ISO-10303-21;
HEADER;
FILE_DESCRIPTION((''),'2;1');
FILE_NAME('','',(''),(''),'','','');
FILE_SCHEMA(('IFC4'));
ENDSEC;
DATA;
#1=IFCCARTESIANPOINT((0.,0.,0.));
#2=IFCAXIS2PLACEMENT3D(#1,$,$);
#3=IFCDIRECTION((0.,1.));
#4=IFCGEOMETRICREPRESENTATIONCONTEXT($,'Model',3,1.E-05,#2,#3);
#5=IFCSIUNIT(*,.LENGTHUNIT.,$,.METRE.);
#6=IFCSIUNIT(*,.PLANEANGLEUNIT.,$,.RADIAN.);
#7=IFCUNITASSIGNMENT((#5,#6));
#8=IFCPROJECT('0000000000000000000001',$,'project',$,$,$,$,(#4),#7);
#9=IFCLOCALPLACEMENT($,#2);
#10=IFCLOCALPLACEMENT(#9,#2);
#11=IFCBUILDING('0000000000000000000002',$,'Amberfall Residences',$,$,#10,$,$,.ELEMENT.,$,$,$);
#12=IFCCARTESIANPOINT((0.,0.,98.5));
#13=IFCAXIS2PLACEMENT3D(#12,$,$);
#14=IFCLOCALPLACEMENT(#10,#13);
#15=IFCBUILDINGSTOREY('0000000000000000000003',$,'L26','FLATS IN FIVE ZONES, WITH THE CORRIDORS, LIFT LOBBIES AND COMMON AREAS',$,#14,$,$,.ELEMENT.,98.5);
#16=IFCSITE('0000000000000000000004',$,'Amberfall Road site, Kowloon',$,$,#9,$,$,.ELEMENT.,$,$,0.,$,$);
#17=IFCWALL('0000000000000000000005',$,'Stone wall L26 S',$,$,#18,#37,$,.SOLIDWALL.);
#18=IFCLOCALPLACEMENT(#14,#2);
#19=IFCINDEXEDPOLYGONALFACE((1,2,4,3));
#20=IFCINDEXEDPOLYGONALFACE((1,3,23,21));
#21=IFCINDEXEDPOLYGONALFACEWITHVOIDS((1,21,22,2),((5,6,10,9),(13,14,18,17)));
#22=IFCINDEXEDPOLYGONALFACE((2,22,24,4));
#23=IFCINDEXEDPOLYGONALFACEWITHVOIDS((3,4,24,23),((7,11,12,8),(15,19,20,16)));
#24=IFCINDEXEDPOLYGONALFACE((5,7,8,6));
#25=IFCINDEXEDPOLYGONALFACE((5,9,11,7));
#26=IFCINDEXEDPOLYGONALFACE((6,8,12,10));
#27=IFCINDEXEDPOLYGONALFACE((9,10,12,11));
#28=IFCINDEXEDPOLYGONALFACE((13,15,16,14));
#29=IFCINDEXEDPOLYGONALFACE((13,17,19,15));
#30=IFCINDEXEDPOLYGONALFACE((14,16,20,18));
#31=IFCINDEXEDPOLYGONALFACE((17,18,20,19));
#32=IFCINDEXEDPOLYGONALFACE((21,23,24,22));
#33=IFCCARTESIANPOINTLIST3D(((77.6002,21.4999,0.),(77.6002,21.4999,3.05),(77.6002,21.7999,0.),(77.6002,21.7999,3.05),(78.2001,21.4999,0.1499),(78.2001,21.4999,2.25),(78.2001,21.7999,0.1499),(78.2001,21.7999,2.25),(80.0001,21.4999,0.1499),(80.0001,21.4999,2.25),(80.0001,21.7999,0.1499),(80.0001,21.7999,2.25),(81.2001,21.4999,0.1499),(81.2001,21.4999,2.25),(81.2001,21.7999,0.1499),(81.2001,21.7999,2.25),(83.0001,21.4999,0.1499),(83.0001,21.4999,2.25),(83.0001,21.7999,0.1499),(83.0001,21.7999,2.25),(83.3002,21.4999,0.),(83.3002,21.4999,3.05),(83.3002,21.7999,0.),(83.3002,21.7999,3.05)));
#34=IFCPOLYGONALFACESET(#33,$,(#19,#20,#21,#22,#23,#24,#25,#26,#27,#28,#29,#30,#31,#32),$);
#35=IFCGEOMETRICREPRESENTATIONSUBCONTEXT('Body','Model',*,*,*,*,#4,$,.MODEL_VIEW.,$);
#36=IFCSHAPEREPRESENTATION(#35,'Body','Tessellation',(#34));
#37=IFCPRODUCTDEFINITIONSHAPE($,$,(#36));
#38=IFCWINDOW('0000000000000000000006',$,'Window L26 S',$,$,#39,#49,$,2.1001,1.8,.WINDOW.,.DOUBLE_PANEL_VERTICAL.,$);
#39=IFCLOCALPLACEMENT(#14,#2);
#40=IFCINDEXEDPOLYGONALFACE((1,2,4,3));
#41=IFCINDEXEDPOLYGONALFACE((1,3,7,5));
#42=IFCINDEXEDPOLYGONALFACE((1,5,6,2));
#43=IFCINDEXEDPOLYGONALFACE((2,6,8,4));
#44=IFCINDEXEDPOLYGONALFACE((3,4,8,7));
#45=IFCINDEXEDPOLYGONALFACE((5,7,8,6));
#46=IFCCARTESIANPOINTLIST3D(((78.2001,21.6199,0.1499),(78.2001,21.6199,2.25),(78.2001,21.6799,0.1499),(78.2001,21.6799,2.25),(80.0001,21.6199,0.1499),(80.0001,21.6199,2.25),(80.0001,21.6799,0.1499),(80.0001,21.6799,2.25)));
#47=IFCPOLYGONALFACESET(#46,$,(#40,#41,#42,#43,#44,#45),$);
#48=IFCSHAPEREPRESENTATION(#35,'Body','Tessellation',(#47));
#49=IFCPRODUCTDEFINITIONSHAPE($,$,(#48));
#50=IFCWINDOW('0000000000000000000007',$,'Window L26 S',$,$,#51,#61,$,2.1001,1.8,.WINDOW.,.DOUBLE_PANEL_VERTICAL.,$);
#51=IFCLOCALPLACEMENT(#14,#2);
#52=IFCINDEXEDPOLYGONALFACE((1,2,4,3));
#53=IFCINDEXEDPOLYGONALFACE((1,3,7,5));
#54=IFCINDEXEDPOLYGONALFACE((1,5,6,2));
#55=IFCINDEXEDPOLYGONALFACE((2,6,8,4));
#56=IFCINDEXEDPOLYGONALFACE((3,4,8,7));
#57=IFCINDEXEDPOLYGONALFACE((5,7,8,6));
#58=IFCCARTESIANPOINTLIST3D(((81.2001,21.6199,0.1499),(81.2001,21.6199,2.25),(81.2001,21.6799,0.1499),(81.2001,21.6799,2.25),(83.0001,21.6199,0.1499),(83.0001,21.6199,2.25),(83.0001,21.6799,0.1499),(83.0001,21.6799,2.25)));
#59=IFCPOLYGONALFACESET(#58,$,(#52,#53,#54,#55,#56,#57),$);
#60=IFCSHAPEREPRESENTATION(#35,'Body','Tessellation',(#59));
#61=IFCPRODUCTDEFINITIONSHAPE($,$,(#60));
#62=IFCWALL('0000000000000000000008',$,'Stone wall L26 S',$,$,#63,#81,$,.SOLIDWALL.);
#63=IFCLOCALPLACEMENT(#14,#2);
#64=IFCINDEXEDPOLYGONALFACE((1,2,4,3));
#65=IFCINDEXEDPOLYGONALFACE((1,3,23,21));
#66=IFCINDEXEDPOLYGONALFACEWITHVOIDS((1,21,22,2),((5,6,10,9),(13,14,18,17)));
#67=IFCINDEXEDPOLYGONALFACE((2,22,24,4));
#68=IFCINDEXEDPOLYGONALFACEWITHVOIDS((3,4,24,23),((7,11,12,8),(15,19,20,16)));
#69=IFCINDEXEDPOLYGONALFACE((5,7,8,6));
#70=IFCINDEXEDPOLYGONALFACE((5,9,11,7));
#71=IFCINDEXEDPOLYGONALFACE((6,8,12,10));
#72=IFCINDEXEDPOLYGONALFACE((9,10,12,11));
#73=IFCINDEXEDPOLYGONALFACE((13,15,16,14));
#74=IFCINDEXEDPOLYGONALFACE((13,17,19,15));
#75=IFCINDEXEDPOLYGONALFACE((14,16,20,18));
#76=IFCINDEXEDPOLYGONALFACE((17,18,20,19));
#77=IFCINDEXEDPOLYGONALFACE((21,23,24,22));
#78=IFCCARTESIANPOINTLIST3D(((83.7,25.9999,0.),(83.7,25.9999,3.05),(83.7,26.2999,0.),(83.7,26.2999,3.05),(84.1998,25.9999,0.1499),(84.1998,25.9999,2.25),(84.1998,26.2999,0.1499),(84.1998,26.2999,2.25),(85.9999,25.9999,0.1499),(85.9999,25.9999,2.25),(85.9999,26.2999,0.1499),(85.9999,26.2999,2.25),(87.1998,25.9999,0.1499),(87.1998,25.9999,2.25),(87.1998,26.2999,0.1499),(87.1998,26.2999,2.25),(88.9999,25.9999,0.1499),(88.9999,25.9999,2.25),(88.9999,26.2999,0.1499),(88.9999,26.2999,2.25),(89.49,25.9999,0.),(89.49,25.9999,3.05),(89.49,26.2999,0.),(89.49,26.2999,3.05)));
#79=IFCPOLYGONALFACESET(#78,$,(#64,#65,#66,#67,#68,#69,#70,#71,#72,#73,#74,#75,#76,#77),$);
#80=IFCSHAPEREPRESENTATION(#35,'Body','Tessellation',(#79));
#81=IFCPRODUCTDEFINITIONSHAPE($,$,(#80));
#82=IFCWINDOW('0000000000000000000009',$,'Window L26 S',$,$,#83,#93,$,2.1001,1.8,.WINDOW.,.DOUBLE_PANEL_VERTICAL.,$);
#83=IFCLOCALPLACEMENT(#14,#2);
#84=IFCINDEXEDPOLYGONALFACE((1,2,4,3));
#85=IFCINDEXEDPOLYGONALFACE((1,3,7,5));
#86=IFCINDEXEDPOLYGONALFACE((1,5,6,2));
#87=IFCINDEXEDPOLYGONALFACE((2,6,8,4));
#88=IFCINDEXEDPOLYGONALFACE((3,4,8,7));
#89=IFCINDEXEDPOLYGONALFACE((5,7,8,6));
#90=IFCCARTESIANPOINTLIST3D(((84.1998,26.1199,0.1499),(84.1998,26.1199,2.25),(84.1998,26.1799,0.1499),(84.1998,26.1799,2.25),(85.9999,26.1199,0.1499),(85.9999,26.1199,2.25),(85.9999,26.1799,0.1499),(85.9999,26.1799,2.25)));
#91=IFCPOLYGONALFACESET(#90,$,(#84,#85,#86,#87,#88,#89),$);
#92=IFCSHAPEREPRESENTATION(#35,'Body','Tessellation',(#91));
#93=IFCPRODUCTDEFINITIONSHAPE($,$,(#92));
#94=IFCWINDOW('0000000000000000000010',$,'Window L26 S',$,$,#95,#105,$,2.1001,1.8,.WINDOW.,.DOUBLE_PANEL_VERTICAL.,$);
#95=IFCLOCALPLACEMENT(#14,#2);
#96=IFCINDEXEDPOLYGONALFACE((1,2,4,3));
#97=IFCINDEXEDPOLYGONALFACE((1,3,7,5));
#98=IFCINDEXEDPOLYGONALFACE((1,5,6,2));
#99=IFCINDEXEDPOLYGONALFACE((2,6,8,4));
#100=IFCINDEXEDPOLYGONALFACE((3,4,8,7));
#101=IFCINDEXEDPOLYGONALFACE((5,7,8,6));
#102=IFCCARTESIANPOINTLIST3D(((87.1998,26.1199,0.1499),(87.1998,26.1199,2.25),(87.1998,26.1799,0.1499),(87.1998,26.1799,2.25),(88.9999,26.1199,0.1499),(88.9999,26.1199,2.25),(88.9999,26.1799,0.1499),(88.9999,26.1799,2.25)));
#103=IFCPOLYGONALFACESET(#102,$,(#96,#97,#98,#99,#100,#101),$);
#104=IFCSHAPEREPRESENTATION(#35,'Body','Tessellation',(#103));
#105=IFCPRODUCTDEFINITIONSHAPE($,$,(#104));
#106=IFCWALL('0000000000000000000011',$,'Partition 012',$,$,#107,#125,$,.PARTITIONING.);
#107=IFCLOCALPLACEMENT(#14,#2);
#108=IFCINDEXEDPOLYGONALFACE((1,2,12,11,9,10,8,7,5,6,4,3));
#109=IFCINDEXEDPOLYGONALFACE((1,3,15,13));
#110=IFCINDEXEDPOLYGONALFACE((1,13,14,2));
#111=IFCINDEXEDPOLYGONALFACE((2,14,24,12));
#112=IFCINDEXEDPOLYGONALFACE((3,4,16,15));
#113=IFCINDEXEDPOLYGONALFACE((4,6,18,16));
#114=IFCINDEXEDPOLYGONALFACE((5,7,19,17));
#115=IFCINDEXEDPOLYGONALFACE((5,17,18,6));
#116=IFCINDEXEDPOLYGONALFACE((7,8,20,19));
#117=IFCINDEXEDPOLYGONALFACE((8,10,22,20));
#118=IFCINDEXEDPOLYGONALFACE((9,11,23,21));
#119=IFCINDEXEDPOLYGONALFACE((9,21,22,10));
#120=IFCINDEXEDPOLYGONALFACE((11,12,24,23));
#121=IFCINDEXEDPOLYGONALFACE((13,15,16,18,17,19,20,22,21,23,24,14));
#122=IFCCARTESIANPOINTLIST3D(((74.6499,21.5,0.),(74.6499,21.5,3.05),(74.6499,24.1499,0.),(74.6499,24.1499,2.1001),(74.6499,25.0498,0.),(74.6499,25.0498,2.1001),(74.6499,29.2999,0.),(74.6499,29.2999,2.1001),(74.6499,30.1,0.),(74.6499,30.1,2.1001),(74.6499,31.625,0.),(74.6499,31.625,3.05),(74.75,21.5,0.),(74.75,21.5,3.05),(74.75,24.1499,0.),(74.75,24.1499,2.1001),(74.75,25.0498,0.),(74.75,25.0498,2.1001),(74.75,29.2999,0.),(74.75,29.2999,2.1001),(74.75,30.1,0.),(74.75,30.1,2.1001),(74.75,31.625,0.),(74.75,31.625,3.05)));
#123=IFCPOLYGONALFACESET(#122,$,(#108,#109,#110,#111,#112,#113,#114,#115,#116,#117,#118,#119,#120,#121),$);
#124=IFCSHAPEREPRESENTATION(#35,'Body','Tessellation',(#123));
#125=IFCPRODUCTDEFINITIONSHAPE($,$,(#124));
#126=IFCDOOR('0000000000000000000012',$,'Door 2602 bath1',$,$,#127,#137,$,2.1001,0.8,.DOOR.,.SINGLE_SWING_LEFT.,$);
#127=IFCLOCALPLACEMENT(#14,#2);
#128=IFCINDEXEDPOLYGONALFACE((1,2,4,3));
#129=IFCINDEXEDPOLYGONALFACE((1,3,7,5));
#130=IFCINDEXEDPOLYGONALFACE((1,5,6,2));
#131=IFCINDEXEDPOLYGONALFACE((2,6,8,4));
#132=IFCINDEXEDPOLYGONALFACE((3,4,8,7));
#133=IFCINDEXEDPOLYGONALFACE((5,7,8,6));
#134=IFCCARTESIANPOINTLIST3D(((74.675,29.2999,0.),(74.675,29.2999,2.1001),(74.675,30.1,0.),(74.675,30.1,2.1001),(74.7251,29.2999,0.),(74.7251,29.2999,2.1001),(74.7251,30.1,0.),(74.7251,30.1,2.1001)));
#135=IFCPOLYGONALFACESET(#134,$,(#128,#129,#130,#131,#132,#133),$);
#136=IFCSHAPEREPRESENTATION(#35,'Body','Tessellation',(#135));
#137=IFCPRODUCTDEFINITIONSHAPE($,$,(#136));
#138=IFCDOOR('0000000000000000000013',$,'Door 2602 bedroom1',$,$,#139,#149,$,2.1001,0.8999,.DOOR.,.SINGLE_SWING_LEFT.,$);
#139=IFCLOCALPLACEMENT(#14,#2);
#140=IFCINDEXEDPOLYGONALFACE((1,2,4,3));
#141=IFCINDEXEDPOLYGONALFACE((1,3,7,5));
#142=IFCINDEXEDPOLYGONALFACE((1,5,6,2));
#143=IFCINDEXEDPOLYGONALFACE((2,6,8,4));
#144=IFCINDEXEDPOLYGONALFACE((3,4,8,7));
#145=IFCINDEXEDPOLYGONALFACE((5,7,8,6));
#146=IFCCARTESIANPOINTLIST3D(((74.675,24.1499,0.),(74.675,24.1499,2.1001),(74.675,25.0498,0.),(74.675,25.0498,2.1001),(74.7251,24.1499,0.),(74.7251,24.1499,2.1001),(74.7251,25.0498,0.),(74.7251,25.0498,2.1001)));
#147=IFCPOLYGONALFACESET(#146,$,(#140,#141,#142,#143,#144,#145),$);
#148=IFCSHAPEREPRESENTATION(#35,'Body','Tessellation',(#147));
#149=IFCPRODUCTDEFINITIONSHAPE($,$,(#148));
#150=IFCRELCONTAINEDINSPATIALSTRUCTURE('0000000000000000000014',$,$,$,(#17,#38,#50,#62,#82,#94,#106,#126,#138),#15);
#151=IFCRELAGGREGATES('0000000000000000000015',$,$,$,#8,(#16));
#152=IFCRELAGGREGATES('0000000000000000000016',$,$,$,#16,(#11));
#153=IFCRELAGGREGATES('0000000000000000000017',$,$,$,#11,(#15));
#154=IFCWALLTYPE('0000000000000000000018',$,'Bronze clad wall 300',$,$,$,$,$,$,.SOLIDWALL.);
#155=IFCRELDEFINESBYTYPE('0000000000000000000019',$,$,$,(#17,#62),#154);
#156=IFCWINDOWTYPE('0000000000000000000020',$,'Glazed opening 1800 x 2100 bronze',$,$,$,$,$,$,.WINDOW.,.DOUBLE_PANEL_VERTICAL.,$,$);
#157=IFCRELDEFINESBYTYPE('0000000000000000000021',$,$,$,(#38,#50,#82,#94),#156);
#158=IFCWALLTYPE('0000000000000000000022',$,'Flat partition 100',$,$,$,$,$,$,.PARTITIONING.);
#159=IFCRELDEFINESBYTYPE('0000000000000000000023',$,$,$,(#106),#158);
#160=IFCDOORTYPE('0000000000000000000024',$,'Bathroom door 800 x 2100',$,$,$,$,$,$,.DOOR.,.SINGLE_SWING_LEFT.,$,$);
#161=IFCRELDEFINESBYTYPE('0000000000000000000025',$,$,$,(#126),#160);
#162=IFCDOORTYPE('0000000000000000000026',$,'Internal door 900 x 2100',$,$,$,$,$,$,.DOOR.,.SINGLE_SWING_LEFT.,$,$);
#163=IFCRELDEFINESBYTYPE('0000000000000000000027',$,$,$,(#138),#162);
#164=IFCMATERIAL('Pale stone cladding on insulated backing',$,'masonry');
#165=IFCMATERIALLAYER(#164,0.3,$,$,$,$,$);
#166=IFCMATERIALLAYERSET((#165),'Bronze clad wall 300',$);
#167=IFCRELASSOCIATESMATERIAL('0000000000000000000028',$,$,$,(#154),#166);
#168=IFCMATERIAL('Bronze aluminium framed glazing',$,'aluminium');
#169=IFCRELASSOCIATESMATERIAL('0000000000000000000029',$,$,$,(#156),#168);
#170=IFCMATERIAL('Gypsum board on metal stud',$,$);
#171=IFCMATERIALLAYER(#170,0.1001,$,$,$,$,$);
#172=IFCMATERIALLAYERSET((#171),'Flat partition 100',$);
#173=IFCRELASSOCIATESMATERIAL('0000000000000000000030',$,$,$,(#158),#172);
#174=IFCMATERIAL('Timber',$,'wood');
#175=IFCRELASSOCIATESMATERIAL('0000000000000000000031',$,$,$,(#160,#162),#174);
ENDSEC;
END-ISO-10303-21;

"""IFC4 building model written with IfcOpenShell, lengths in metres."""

from ifc_helpers import new_model, si_unit, direction, frame, frame_2d, origin, place, context, subcontext, project, spatial, rectangle, extrude, material, layer, layer_set, type_object, element, fill, save


model = new_model("IFC4")

# Units and contexts
model_context = context("Model", 3, precision=1e-05, world=origin(), true_north=direction((0.0, 1.0)))
body_context = subcontext(model_context, "Body", "Model", "MODEL_VIEW")
ifc_project = project(units=[si_unit("LENGTHUNIT", "METRE"), si_unit("PLANEANGLEUNIT", "RADIAN")], contexts=[model_context])

# Site, building, storey
site_placement = place(None, origin())
site = spatial("IfcSite", under=ifc_project, at=site_placement, Name="Amberfall Road site, Kowloon", CompositionType="ELEMENT", RefElevation=0.0)
building_placement = place(site_placement, origin())
building = spatial("IfcBuilding", under=site, at=building_placement, Name="Amberfall Residences", CompositionType="ELEMENT")
storey_placement = place(building_placement, frame((0.0, 0.0, 98.5)))
storey = spatial("IfcBuildingStorey", under=building, at=storey_placement, Name="L26", Description="FLATS IN FIVE ZONES, WITH THE CORRIDORS, LIFT LOBBIES AND COMMON AREAS", CompositionType="ELEMENT", Elevation=98.5)

# Shared definitions
ifc_material_1 = material(Name="Pale stone cladding on insulated backing", Category="masonry")
ifc_layer_1 = layer(ifc_material_1, 0.3)
ifc_layer_set_1 = layer_set([ifc_layer_1], Name="Bronze clad wall 300")
wall_type_1 = type_object("IfcWallType", Name="Bronze clad wall 300", PredefinedType="SOLIDWALL", material=ifc_layer_set_1)
ifc_material_2 = material(Name="Bronze aluminium framed glazing", Category="aluminium")

# Walls, openings, windows
wall_1_placement = place(storey_placement, frame((77.6001, 21.6499, 0.0), z_axis=(0.0, 0.0, 1.0), x_axis=(1.0, 0.0, 0.0)))
wall_1 = element("IfcWall", 1, at=wall_1_placement, inside=storey, type_object=wall_type_1, Name="Stone wall L26 S", PredefinedType="SOLIDWALL", context=body_context, shape_type="SweptSolid", body=[
    extrude(rectangle(XDim=5.7, YDim=0.3, at=frame_2d((2.8501, 0.0))), origin(), (0.0, 0.0, 1.0), 3.05),
])
opening_1_placement = place(wall_1_placement, frame((0.6001, 0.0, 0.1499)))
opening_1 = element("IfcOpeningElement", 2, at=opening_1_placement, cuts=wall_1, PredefinedType="OPENING", context=body_context, shape_type="SweptSolid", body=[
    extrude(rectangle(XDim=1.8, YDim=2.1001, at=frame_2d((0.8999, 1.05))), frame((0.0, 0.1599, 0.0), z_axis=(0.0, -1.0, 0.0), x_axis=(1.0, 0.0, 0.0)), (0.0, 0.0, 1.0), 0.3201),
])
opening_2_placement = place(wall_1_placement, frame((3.6001, 0.0, 0.1499)))
opening_2 = element("IfcOpeningElement", 3, at=opening_2_placement, cuts=wall_1, PredefinedType="OPENING", context=body_context, shape_type="SweptSolid", body=[
    extrude(rectangle(XDim=1.8, YDim=2.1001, at=frame_2d((0.8999, 1.05))), frame((0.0, 0.1599, 0.0), z_axis=(0.0, -1.0, 0.0), x_axis=(1.0, 0.0, 0.0)), (0.0, 0.0, 1.0), 0.3201),
])
window_type_1 = type_object("IfcWindowType", Name="Glazed opening 1800 x 2100 bronze", PartitioningType="DOUBLE_PANEL_VERTICAL", PredefinedType="WINDOW", material=ifc_material_2)
window_1_placement = place(opening_1_placement, origin())
window_1 = element("IfcWindow", 4, at=window_1_placement, inside=storey, type_object=window_type_1, Name="Window L26 S", OverallHeight=2.1001, OverallWidth=1.8, PartitioningType="DOUBLE_PANEL_VERTICAL", PredefinedType="WINDOW", context=body_context, shape_type="SweptSolid", body=[
    extrude(rectangle(XDim=1.8, YDim=2.1001, at=frame_2d((0.8999, 1.05))), frame((0.0, 0.03, 0.0), z_axis=(0.0, -1.0, 0.0), x_axis=(1.0, 0.0, 0.0)), (0.0, 0.0, 1.0), 0.0601),
])
fill(opening_1, window_1)
window_2_placement = place(opening_2_placement, origin())
window_2 = element("IfcWindow", 5, at=window_2_placement, inside=storey, type_object=window_type_1, Name="Window L26 S", OverallHeight=2.1001, OverallWidth=1.8, PartitioningType="DOUBLE_PANEL_VERTICAL", PredefinedType="WINDOW", context=body_context, shape_type="SweptSolid", body=[
    extrude(rectangle(XDim=1.8, YDim=2.1001, at=frame_2d((0.8999, 1.05))), frame((0.0, 0.03, 0.0), z_axis=(0.0, -1.0, 0.0), x_axis=(1.0, 0.0, 0.0)), (0.0, 0.0, 1.0), 0.0601),
])
fill(opening_2, window_2)
wall_2_placement = place(storey_placement, frame((83.7, 26.1499, 0.0), z_axis=(0.0, 0.0, 1.0), x_axis=(1.0, 0.0, 0.0)))
wall_2 = element("IfcWall", 6, at=wall_2_placement, inside=storey, type_object=wall_type_1, Name="Stone wall L26 S", PredefinedType="SOLIDWALL", context=body_context, shape_type="SweptSolid", body=[
    extrude(rectangle(XDim=5.79, YDim=0.3, at=frame_2d((2.895, 0.0))), origin(), (0.0, 0.0, 1.0), 3.05),
])
opening_3_placement = place(wall_2_placement, frame((0.5, 0.0, 0.1499)))
opening_3 = element("IfcOpeningElement", 7, at=opening_3_placement, cuts=wall_2, PredefinedType="OPENING", context=body_context, shape_type="SweptSolid", body=[
    extrude(rectangle(XDim=1.8, YDim=2.1001, at=frame_2d((0.8999, 1.05))), frame((0.0, 0.1599, 0.0), z_axis=(0.0, -1.0, 0.0), x_axis=(1.0, 0.0, 0.0)), (0.0, 0.0, 1.0), 0.3201),
])
opening_4_placement = place(wall_2_placement, frame((3.5, 0.0, 0.1499)))
opening_4 = element("IfcOpeningElement", 8, at=opening_4_placement, cuts=wall_2, PredefinedType="OPENING", context=body_context, shape_type="SweptSolid", body=[
    extrude(rectangle(XDim=1.8, YDim=2.1001, at=frame_2d((0.8999, 1.05))), frame((0.0, 0.1599, 0.0), z_axis=(0.0, -1.0, 0.0), x_axis=(1.0, 0.0, 0.0)), (0.0, 0.0, 1.0), 0.3201),
])
window_3_placement = place(opening_3_placement, origin())
window_3 = element("IfcWindow", 9, at=window_3_placement, inside=storey, type_object=window_type_1, Name="Window L26 S", OverallHeight=2.1001, OverallWidth=1.8, PartitioningType="DOUBLE_PANEL_VERTICAL", PredefinedType="WINDOW", context=body_context, shape_type="SweptSolid", body=[
    extrude(rectangle(XDim=1.8, YDim=2.1001, at=frame_2d((0.8999, 1.05))), frame((0.0, 0.03, 0.0), z_axis=(0.0, -1.0, 0.0), x_axis=(1.0, 0.0, 0.0)), (0.0, 0.0, 1.0), 0.0601),
])
fill(opening_3, window_3)
window_4_placement = place(opening_4_placement, origin())
window_4 = element("IfcWindow", 10, at=window_4_placement, inside=storey, type_object=window_type_1, Name="Window L26 S", OverallHeight=2.1001, OverallWidth=1.8, PartitioningType="DOUBLE_PANEL_VERTICAL", PredefinedType="WINDOW", context=body_context, shape_type="SweptSolid", body=[
    extrude(rectangle(XDim=1.8, YDim=2.1001, at=frame_2d((0.8999, 1.05))), frame((0.0, 0.03, 0.0), z_axis=(0.0, -1.0, 0.0), x_axis=(1.0, 0.0, 0.0)), (0.0, 0.0, 1.0), 0.0601),
])
fill(opening_4, window_4)

# Wall, openings, doors
ifc_material_3 = material(Name="Gypsum board on metal stud")
ifc_layer_2 = layer(ifc_material_3, 0.1001)
ifc_layer_set_2 = layer_set([ifc_layer_2], Name="Flat partition 100")
wall_type_2 = type_object("IfcWallType", Name="Flat partition 100", PredefinedType="PARTITIONING", material=ifc_layer_set_2)
wall_3_placement = place(storey_placement, frame((74.7, 21.5, 0.0), z_axis=(0.0, 0.0, 1.0), x_axis=(0.0, 1.0, 0.0)))
wall_3 = element("IfcWall", 11, at=wall_3_placement, inside=storey, type_object=wall_type_2, Name="Partition 012", PredefinedType="PARTITIONING", context=body_context, shape_type="SweptSolid", body=[
    extrude(rectangle(XDim=10.125, YDim=0.1001, at=frame_2d((5.0625, 0.0))), origin(), (0.0, 0.0, 1.0), 3.05),
])
opening_5_placement = place(wall_3_placement, frame((2.6499, 0.0, 0.0)))
opening_5 = element("IfcOpeningElement", 12, at=opening_5_placement, cuts=wall_3, PredefinedType="OPENING", context=body_context, shape_type="SweptSolid", body=[
    extrude(rectangle(XDim=0.8999, YDim=2.1001, at=frame_2d((0.45, 1.05))), frame((0.0, 0.0601, 0.0), z_axis=(0.0, -1.0, 0.0), x_axis=(1.0, 0.0, 0.0)), (0.0, 0.0, 1.0), 0.1201),
])
opening_6_placement = place(wall_3_placement, frame((7.8, 0.0, 0.0)))
opening_6 = element("IfcOpeningElement", 13, at=opening_6_placement, cuts=wall_3, PredefinedType="OPENING", context=body_context, shape_type="SweptSolid", body=[
    extrude(rectangle(XDim=0.8, YDim=2.1001, at=frame_2d((0.3999, 1.05))), frame((0.0, 0.0601, 0.0), z_axis=(0.0, -1.0, 0.0), x_axis=(1.0, 0.0, 0.0)), (0.0, 0.0, 1.0), 0.1201),
])
ifc_material_4 = material(Name="Timber", Category="wood")
door_type_1 = type_object("IfcDoorType", Name="Bathroom door 800 x 2100", OperationType="SINGLE_SWING_LEFT", PredefinedType="DOOR", material=ifc_material_4)
door_1_placement = place(opening_6_placement, origin())
door_1 = element("IfcDoor", 14, at=door_1_placement, inside=storey, type_object=door_type_1, Name="Door 2602 bath1", OperationType="SINGLE_SWING_LEFT", OverallHeight=2.1001, OverallWidth=0.8, PredefinedType="DOOR", context=body_context, shape_type="SweptSolid", body=[
    extrude(rectangle(XDim=0.8, YDim=2.1001, at=frame_2d((0.3999, 1.05))), frame((0.0, 0.0249, 0.0), z_axis=(0.0, -1.0, 0.0), x_axis=(1.0, 0.0, 0.0)), (0.0, 0.0, 1.0), 0.05),
])
fill(opening_6, door_1)
door_type_2 = type_object("IfcDoorType", Name="Internal door 900 x 2100", OperationType="SINGLE_SWING_LEFT", PredefinedType="DOOR", material=ifc_material_4)
door_2_placement = place(opening_5_placement, origin())
door_2 = element("IfcDoor", 15, at=door_2_placement, inside=storey, type_object=door_type_2, Name="Door 2602 bedroom1", OperationType="SINGLE_SWING_LEFT", OverallHeight=2.1001, OverallWidth=0.8999, PredefinedType="DOOR", context=body_context, shape_type="SweptSolid", body=[
    extrude(rectangle(XDim=0.8999, YDim=2.1001, at=frame_2d((0.45, 1.05))), frame((0.0, 0.0249, 0.0), z_axis=(0.0, -1.0, 0.0), x_axis=(1.0, 0.0, 0.0)), (0.0, 0.0, 1.0), 0.05),
])
fill(opening_5, door_2)

save(model, "model.ifc")
